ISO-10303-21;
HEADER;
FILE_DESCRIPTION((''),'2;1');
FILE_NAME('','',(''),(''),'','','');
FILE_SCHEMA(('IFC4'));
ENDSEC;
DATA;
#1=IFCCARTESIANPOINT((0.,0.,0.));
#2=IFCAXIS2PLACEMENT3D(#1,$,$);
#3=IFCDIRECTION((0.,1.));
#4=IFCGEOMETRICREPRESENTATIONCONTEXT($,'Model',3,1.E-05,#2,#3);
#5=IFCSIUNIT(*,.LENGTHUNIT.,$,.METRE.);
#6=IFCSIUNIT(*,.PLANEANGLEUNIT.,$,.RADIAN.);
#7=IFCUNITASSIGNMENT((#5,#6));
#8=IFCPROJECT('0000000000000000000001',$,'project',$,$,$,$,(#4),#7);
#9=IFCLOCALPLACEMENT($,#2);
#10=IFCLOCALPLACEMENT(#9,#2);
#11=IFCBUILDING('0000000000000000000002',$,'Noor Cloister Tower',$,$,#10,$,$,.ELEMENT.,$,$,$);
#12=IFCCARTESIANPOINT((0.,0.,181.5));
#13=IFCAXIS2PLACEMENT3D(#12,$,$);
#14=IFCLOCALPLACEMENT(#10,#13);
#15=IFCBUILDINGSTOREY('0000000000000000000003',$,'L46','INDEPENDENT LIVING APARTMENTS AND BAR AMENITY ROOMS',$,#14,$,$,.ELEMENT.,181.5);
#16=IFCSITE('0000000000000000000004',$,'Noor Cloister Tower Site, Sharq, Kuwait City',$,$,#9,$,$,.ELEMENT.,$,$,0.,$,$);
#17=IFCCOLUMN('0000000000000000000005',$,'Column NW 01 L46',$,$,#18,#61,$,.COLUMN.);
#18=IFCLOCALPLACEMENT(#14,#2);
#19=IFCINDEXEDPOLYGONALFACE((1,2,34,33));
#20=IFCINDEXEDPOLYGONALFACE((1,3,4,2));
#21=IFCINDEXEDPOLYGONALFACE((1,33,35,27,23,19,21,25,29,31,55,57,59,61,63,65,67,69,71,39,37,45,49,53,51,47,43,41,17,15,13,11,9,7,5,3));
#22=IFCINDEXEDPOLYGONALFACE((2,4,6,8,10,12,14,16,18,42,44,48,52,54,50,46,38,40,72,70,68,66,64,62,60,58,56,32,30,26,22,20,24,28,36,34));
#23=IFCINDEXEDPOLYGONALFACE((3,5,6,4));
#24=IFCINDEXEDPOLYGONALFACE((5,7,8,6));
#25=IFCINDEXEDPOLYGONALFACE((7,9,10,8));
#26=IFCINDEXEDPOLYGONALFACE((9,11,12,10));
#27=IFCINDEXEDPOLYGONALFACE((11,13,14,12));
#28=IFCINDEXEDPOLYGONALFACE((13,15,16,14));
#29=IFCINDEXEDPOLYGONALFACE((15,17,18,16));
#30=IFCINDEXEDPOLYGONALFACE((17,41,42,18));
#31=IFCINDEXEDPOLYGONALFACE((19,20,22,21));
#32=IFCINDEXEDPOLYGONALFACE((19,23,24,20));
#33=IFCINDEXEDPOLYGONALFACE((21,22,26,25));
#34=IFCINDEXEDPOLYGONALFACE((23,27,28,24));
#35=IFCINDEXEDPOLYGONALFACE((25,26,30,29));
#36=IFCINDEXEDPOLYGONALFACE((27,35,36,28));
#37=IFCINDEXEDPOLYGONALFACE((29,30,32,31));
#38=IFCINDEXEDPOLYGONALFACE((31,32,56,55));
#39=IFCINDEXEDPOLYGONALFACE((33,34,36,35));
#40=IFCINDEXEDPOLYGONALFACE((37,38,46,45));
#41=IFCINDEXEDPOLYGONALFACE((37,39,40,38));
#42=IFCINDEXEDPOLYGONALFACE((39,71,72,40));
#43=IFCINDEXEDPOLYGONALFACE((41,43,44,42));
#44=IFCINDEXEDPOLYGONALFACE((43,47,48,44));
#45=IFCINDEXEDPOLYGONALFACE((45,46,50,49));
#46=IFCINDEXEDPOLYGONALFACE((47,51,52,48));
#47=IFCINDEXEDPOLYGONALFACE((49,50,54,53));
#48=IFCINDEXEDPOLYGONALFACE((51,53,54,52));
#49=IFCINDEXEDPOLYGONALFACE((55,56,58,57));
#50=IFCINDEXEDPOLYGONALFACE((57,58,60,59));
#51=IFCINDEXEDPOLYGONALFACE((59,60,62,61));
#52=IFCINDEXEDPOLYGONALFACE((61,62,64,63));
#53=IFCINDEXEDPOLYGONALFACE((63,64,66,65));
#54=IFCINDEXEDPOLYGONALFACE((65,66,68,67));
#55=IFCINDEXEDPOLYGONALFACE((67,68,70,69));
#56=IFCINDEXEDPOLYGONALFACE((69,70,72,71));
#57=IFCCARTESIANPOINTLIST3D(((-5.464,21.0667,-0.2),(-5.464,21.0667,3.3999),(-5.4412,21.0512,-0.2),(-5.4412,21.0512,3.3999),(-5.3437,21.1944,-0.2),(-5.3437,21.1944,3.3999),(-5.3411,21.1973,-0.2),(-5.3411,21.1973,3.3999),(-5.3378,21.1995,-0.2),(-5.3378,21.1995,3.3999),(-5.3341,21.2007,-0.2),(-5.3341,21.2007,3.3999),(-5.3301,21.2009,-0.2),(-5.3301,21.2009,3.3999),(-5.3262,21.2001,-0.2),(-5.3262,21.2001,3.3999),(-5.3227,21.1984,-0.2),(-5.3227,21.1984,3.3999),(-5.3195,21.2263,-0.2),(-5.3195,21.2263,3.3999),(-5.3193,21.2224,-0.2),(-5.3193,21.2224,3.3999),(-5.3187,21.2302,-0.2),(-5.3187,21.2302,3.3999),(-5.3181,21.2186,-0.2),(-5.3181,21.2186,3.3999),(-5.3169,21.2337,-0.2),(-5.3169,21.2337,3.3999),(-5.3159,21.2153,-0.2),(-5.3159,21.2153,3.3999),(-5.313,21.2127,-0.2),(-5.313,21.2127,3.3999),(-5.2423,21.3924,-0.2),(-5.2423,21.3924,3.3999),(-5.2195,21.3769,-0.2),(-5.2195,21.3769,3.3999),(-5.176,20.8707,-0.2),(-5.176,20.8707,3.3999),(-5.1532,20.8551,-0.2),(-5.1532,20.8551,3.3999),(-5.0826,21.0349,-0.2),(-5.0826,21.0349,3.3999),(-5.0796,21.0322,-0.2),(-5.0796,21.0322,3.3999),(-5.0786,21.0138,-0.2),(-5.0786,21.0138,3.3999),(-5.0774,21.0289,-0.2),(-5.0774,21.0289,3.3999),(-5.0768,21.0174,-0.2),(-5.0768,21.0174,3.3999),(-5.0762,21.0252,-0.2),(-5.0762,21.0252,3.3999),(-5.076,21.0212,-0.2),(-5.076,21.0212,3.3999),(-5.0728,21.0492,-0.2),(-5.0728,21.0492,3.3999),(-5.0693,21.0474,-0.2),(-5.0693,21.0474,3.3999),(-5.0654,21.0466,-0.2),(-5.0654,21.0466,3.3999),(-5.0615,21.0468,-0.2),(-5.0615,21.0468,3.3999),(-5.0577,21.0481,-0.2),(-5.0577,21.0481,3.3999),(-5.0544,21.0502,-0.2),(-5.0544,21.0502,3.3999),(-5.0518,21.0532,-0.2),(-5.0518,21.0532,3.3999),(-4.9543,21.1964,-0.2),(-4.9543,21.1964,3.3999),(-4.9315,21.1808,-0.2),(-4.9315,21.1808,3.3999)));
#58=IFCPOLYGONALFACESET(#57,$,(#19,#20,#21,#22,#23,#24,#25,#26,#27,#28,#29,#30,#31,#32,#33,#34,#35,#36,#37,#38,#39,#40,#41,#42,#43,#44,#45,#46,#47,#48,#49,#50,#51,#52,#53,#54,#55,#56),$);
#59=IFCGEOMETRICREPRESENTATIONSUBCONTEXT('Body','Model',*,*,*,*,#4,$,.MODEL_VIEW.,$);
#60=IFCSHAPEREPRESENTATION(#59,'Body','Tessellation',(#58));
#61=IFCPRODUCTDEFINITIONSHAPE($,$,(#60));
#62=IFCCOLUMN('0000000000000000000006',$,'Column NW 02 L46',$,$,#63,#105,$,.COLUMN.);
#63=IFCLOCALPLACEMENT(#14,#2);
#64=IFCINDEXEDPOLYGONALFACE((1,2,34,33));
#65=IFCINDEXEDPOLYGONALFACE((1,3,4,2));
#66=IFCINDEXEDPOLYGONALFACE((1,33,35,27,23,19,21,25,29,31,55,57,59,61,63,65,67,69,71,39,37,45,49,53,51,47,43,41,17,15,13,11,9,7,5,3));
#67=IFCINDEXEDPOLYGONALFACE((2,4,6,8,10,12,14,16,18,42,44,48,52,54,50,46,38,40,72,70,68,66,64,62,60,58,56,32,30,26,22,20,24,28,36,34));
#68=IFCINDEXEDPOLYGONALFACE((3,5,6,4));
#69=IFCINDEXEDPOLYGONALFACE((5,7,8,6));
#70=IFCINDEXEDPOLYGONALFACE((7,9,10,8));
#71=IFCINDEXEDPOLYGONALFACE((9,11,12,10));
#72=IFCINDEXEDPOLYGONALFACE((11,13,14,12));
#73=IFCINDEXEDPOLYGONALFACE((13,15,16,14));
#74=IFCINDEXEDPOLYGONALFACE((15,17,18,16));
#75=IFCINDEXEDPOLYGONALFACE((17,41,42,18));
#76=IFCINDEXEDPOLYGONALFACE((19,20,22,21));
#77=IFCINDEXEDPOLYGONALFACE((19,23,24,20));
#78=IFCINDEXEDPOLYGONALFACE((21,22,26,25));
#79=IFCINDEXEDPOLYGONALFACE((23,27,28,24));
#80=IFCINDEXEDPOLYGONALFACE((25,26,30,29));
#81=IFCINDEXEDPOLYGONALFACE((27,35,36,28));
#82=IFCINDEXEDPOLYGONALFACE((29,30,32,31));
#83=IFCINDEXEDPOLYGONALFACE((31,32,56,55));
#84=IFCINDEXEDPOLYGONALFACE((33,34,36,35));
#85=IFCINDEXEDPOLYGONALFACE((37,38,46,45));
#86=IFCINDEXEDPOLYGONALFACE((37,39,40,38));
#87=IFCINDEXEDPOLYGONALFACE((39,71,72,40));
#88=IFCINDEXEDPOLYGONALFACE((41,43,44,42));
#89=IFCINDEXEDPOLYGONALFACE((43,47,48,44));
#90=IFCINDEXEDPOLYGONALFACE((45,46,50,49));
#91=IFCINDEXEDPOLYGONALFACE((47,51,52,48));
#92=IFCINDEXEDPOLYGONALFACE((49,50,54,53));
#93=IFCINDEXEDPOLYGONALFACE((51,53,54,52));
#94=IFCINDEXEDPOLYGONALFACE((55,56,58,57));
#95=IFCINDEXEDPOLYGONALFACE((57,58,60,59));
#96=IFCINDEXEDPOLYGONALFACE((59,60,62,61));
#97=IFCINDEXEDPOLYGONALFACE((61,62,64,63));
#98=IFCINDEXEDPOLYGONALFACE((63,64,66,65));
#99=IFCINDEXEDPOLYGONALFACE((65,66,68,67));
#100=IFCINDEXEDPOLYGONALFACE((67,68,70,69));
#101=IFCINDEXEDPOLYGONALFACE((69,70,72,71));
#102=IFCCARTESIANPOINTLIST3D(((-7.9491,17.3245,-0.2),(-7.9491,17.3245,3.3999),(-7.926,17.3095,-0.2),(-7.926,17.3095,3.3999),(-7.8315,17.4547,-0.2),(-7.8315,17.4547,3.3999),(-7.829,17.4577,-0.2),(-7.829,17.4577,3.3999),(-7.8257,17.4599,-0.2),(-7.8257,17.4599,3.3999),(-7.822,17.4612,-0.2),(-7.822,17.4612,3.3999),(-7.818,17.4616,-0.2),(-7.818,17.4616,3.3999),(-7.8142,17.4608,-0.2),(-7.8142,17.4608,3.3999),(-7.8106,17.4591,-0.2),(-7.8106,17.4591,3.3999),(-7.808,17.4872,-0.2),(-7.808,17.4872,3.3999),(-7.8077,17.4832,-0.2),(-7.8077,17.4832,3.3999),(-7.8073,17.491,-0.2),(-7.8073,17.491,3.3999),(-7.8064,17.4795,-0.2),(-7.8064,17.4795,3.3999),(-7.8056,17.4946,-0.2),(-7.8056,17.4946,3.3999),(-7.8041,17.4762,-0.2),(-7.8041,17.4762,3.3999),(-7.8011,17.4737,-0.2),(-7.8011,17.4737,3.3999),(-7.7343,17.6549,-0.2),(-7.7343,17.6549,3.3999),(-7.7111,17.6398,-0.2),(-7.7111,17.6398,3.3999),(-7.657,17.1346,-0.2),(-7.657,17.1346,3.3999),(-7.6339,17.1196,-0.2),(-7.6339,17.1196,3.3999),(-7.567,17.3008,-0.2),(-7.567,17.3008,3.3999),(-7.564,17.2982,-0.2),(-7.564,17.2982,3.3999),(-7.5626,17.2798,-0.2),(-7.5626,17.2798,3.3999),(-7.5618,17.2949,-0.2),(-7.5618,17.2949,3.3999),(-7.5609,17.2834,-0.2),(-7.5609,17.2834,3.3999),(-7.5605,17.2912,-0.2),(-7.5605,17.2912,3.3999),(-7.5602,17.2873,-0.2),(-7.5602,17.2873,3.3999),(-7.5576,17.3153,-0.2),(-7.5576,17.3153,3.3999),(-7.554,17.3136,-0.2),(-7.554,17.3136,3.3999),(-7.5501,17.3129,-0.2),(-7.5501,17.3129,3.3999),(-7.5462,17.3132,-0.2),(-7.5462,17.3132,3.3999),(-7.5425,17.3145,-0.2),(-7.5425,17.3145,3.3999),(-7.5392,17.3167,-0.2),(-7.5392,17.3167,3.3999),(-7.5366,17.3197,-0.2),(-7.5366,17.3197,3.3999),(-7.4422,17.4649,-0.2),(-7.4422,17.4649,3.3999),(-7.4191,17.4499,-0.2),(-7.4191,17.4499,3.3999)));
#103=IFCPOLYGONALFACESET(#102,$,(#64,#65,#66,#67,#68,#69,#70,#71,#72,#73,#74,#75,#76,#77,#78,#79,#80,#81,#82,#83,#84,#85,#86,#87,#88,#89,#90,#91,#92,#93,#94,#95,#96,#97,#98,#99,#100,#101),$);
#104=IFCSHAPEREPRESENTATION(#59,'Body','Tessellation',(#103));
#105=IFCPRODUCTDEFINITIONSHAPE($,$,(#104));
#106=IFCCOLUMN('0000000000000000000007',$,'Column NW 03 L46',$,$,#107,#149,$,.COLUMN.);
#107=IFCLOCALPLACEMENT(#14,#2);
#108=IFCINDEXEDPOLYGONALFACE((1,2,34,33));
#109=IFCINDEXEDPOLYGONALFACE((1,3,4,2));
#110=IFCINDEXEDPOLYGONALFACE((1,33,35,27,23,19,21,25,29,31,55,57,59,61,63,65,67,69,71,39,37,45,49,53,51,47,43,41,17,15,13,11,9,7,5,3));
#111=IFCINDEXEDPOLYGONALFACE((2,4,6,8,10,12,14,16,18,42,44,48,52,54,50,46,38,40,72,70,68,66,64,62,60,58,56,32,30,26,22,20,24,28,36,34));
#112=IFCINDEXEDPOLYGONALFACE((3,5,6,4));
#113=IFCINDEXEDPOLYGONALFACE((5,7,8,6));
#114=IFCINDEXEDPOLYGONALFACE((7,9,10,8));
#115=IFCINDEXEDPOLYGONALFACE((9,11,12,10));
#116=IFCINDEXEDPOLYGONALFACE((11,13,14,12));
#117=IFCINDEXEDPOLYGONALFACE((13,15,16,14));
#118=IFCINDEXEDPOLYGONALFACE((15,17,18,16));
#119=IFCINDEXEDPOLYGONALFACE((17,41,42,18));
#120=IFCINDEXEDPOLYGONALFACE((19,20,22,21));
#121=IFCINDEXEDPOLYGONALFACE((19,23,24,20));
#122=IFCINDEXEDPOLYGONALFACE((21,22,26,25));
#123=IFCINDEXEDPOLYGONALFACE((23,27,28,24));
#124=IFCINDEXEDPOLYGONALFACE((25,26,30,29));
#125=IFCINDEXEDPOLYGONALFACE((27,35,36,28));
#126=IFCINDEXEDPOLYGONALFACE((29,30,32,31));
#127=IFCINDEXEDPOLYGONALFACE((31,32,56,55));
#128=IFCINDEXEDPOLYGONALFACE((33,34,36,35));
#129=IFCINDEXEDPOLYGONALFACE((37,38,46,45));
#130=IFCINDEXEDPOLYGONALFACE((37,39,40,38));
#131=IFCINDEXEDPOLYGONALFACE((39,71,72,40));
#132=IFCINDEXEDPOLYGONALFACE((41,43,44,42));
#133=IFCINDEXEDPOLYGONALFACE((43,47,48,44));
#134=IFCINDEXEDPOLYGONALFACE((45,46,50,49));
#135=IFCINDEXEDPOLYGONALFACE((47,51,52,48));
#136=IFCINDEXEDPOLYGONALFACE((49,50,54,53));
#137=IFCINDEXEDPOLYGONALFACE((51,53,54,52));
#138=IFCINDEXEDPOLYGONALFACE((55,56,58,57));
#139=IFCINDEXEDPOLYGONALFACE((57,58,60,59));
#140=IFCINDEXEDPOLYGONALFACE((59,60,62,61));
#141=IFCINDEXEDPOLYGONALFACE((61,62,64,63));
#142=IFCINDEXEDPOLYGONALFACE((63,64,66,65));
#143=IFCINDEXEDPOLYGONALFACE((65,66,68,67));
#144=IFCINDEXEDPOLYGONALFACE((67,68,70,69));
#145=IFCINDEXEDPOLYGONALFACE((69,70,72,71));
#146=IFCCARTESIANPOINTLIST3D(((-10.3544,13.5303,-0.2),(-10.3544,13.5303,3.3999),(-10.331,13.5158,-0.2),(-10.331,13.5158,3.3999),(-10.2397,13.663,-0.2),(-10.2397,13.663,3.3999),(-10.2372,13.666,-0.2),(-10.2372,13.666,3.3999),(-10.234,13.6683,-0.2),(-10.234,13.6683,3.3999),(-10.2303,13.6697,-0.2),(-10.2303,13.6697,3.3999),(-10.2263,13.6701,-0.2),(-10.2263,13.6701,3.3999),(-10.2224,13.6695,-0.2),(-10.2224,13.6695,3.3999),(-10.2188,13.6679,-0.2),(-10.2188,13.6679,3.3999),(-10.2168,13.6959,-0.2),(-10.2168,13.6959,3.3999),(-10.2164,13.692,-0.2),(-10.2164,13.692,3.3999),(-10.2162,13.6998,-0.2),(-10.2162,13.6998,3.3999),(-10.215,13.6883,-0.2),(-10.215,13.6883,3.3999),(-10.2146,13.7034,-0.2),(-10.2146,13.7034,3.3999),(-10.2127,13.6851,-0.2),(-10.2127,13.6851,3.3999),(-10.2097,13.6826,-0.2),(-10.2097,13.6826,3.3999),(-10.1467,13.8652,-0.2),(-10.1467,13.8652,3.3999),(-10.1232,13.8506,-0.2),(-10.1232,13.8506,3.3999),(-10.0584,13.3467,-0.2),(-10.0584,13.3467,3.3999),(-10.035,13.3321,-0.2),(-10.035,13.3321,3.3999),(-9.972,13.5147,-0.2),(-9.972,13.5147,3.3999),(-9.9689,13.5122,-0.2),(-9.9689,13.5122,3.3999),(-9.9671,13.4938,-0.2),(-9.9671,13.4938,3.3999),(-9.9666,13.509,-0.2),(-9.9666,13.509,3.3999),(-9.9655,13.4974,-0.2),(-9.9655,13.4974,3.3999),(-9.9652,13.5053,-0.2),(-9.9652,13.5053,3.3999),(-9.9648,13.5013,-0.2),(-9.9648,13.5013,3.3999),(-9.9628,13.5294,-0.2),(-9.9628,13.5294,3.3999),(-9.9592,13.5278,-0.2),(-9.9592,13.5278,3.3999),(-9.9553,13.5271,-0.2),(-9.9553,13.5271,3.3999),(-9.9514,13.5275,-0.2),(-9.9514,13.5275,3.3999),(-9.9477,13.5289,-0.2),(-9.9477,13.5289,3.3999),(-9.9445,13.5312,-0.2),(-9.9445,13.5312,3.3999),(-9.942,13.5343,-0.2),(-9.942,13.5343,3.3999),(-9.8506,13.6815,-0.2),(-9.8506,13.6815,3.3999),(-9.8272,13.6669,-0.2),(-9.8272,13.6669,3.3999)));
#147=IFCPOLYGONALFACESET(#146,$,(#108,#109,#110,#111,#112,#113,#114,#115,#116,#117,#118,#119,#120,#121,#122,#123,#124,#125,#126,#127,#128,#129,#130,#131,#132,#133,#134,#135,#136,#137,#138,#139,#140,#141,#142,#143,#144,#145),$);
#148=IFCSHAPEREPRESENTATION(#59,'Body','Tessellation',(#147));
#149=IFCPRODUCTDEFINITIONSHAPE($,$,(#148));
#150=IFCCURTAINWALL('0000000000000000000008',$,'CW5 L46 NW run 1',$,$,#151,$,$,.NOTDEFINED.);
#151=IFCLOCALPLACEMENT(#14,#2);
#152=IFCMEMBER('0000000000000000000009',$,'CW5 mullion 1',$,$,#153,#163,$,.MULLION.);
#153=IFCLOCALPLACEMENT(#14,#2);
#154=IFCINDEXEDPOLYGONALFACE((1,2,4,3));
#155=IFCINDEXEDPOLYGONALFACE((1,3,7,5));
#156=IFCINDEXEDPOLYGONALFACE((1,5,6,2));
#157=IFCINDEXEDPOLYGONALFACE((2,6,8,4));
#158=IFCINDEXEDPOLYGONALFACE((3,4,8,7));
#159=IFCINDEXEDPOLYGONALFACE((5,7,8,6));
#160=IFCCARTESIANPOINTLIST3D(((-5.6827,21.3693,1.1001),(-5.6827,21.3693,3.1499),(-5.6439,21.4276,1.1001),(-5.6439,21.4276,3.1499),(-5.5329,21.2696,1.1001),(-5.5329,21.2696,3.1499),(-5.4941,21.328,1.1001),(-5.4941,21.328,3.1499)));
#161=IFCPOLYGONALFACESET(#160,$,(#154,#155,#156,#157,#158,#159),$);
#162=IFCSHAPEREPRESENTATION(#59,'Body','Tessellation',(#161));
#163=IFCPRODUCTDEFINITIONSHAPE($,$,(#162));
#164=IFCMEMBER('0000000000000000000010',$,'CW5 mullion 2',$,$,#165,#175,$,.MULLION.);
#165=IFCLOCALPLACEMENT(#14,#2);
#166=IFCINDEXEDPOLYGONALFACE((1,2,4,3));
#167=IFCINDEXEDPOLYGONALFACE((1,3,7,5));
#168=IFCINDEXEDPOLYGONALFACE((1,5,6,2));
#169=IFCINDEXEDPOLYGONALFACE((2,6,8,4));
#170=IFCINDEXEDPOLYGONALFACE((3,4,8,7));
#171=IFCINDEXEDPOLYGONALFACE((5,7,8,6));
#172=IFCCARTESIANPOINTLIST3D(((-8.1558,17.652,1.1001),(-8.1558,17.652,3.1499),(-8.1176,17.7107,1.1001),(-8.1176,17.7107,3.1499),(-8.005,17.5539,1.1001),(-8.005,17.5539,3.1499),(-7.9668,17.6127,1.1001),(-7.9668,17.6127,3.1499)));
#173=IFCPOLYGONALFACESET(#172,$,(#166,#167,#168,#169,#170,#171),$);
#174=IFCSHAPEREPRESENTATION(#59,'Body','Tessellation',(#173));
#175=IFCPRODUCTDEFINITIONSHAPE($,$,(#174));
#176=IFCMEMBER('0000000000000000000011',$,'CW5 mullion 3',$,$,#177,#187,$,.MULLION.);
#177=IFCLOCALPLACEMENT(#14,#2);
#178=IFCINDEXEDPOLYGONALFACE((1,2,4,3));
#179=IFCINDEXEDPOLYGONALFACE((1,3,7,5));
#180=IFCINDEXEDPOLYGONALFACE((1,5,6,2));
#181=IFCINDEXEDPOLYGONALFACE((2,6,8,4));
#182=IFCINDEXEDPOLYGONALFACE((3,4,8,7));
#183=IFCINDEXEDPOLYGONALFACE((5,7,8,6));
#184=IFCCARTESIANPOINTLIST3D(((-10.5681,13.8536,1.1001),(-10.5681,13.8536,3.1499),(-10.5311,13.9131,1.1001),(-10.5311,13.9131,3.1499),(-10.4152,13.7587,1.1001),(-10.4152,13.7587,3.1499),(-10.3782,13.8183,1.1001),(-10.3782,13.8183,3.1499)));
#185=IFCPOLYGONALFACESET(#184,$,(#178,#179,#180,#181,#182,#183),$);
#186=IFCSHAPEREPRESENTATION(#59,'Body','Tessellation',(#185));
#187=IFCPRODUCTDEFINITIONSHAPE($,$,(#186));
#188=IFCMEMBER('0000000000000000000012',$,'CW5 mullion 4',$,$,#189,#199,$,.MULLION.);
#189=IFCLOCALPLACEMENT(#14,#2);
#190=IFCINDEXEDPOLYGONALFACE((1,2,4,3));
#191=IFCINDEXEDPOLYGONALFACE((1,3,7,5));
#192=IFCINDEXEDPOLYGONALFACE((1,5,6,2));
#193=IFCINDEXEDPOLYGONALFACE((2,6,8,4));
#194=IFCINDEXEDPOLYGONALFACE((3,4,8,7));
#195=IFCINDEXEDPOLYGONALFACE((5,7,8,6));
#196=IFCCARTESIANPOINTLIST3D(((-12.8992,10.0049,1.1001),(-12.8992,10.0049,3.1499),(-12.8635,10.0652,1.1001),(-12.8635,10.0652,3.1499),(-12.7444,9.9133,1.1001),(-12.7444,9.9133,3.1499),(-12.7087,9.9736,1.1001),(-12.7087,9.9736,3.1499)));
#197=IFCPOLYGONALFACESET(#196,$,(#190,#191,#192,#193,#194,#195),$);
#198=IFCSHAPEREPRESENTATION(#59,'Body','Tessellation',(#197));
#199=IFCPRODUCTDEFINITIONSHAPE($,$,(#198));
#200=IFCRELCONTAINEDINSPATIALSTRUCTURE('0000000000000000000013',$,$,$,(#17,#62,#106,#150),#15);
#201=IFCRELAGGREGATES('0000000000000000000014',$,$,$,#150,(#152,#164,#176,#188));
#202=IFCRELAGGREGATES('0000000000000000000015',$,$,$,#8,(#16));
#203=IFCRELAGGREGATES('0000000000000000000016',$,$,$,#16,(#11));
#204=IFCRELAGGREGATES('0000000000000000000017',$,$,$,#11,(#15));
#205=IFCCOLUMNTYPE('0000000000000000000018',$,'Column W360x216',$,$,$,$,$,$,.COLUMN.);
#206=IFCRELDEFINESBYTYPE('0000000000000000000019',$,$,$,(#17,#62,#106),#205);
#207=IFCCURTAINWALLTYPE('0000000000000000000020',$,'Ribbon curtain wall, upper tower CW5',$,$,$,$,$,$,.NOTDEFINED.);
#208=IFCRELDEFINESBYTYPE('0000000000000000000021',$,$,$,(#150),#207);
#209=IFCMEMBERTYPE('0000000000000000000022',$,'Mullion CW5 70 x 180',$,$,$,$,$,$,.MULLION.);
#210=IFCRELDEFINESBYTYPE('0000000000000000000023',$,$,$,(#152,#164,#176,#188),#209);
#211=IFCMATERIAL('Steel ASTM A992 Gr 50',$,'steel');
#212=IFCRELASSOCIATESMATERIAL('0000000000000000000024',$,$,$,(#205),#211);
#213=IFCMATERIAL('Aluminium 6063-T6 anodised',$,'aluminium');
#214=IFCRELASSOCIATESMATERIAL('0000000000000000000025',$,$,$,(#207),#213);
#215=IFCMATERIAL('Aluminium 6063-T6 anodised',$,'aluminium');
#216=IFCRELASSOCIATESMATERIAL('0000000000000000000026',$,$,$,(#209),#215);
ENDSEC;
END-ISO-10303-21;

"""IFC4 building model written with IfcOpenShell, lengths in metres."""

from ifc_helpers import new_model, si_unit, direction, frame, origin, origin_2d, place, context, subcontext, project, spatial, rectangle, i_section, extrude, material, material_profile, profile_set, type_object, element, aggregate, save


model = new_model("IFC4")

# Units and contexts
model_context = context("Model", 3, precision=1e-05, world=origin(), true_north=direction((0.0, 1.0)))
body_context = subcontext(model_context, "Body", "Model", "MODEL_VIEW")
ifc_project = project(units=[si_unit("LENGTHUNIT", "METRE"), si_unit("PLANEANGLEUNIT", "RADIAN")], contexts=[model_context])

# Site, building, storey
site_placement = place(None, origin())
site = spatial("IfcSite", under=ifc_project, at=site_placement, Name="Noor Cloister Tower Site, Sharq, Kuwait City", CompositionType="ELEMENT", RefElevation=0.0)
building_placement = place(site_placement, origin())
building = spatial("IfcBuilding", under=site, at=building_placement, Name="Noor Cloister Tower", CompositionType="ELEMENT")
storey_placement = place(building_placement, frame((0.0, 0.0, 181.5)))
storey = spatial("IfcBuildingStorey", under=building, at=storey_placement, Name="L46", Description="INDEPENDENT LIVING APARTMENTS AND BAR AMENITY ROOMS", CompositionType="ELEMENT", Elevation=181.5)

# Columns
ifc_material_1 = material(Name="Steel ASTM A992 Gr 50", Category="steel")
ifc_material_profile_1 = material_profile(ifc_material_1, i_section(OverallWidth=0.394, OverallDepth=0.376, WebThickness=0.0173, FlangeThickness=0.0276, FilletRadius=0.0151, at=origin_2d()), Name="W360x216")
ifc_profile_set_1 = profile_set([ifc_material_profile_1], Name="Steel ASTM A992 Gr 50")
column_type = type_object("IfcColumnType", Name="Column W360x216", PredefinedType="COLUMN", material=ifc_profile_set_1)
for number, where, z_axis, x_axis, name in (
    (1, (-5.1978, 21.1238, -0.2), (0.0, 0.0, 1.0), (-0.562771, -0.826613, 0.0), "Column NW 01 L46"),
    (2, (-7.6841, 17.3872, -0.2), (0.0, 0.0, 1.0), (-0.545137, -0.838347, 0.0), "Column NW 02 L46"),
    (3, (-10.0908, 13.5986, -0.2), (0.0, 0.0, 1.0), (-0.527259, -0.849705, 0.0), "Column NW 03 L46"),
):
    element("IfcColumn", number, at=place(storey_placement, frame(where, z_axis=z_axis, x_axis=x_axis)), inside=storey, type_object=column_type, Name=name, PredefinedType="COLUMN", context=body_context, shape_type="SweptSolid", body=[
        extrude(i_section(OverallWidth=0.394, OverallDepth=0.376, WebThickness=0.0173, FlangeThickness=0.0276, FilletRadius=0.0151, at=origin_2d()), origin(), (0.0, 0.0, 1.0), 3.5999),
    ])

# Curtain wall, members
ifc_material_2 = material(Name="Aluminium 6063-T6 anodised", Category="aluminium")
curtain_wall_type = type_object("IfcCurtainWallType", Name="Ribbon curtain wall, upper tower CW5", PredefinedType="NOTDEFINED", material=ifc_material_2)
curtain_wall_placement = place(storey_placement, origin())
curtain_wall = element("IfcCurtainWall", 4, at=curtain_wall_placement, inside=storey, type_object=curtain_wall_type, Name="CW5 L46 NW run 1", PredefinedType="NOTDEFINED")
ifc_material_3 = material(Name="Aluminium 6063-T6 anodised", Category="aluminium")
ifc_material_profile_2 = material_profile(ifc_material_3, rectangle(XDim=0.1799, YDim=0.0701, at=origin_2d()), Name="180 x 70 mullion")
ifc_profile_set_2 = profile_set([ifc_material_profile_2], Name="Aluminium 6063-T6 anodised")
member_type = type_object("IfcMemberType", Name="Mullion CW5 70 x 180", PredefinedType="MULLION", material=ifc_profile_set_2)
member_1_placement = place(storey_placement, frame((-5.5884, 21.3486, 1.1001), z_axis=(0.0, 0.0, 1.0), x_axis=(0.832527, -0.553985, 0.0)))
member_1 = element("IfcMember", 5, at=member_1_placement, type_object=member_type, Name="CW5 mullion 1", PredefinedType="MULLION", context=body_context, shape_type="SweptSolid", body=[
    extrude(rectangle(XDim=0.1799, YDim=0.0701, at=origin_2d()), origin(), (0.0, 0.0, 1.0), 2.0498),
])
member_2_placement = place(storey_placement, frame((-8.0613, 17.6323, 1.1001), z_axis=(0.0, 0.0, 1.0), x_axis=(0.838347, -0.545137, 0.0)))
member_2 = element("IfcMember", 6, at=member_2_placement, type_object=member_type, Name="CW5 mullion 2", PredefinedType="MULLION", context=body_context, shape_type="SweptSolid", body=[
    extrude(rectangle(XDim=0.1799, YDim=0.0701, at=origin_2d()), origin(), (0.0, 0.0, 1.0), 2.0498),
])
member_3_placement = place(storey_placement, frame((-10.4731, 13.8359, 1.1001), z_axis=(0.0, 0.0, 1.0), x_axis=(0.849705, -0.527259, 0.0)))
member_3 = element("IfcMember", 7, at=member_3_placement, type_object=member_type, Name="CW5 mullion 3", PredefinedType="MULLION", context=body_context, shape_type="SweptSolid", body=[
    extrude(rectangle(XDim=0.1799, YDim=0.0701, at=origin_2d()), origin(), (0.0, 0.0, 1.0), 2.0498),
])
member_4_placement = place(storey_placement, frame((-12.804, 9.9893, 1.1001), z_axis=(0.0, 0.0, 1.0), x_axis=(0.860682, -0.509144, 0.0)))
member_4 = element("IfcMember", 8, at=member_4_placement, type_object=member_type, Name="CW5 mullion 4", PredefinedType="MULLION", context=body_context, shape_type="SweptSolid", body=[
    extrude(rectangle(XDim=0.1799, YDim=0.0701, at=origin_2d()), origin(), (0.0, 0.0, 1.0), 2.0498),
])

aggregate(curtain_wall, [member_1, member_2, member_3, member_4])

save(model, "model.ifc")
